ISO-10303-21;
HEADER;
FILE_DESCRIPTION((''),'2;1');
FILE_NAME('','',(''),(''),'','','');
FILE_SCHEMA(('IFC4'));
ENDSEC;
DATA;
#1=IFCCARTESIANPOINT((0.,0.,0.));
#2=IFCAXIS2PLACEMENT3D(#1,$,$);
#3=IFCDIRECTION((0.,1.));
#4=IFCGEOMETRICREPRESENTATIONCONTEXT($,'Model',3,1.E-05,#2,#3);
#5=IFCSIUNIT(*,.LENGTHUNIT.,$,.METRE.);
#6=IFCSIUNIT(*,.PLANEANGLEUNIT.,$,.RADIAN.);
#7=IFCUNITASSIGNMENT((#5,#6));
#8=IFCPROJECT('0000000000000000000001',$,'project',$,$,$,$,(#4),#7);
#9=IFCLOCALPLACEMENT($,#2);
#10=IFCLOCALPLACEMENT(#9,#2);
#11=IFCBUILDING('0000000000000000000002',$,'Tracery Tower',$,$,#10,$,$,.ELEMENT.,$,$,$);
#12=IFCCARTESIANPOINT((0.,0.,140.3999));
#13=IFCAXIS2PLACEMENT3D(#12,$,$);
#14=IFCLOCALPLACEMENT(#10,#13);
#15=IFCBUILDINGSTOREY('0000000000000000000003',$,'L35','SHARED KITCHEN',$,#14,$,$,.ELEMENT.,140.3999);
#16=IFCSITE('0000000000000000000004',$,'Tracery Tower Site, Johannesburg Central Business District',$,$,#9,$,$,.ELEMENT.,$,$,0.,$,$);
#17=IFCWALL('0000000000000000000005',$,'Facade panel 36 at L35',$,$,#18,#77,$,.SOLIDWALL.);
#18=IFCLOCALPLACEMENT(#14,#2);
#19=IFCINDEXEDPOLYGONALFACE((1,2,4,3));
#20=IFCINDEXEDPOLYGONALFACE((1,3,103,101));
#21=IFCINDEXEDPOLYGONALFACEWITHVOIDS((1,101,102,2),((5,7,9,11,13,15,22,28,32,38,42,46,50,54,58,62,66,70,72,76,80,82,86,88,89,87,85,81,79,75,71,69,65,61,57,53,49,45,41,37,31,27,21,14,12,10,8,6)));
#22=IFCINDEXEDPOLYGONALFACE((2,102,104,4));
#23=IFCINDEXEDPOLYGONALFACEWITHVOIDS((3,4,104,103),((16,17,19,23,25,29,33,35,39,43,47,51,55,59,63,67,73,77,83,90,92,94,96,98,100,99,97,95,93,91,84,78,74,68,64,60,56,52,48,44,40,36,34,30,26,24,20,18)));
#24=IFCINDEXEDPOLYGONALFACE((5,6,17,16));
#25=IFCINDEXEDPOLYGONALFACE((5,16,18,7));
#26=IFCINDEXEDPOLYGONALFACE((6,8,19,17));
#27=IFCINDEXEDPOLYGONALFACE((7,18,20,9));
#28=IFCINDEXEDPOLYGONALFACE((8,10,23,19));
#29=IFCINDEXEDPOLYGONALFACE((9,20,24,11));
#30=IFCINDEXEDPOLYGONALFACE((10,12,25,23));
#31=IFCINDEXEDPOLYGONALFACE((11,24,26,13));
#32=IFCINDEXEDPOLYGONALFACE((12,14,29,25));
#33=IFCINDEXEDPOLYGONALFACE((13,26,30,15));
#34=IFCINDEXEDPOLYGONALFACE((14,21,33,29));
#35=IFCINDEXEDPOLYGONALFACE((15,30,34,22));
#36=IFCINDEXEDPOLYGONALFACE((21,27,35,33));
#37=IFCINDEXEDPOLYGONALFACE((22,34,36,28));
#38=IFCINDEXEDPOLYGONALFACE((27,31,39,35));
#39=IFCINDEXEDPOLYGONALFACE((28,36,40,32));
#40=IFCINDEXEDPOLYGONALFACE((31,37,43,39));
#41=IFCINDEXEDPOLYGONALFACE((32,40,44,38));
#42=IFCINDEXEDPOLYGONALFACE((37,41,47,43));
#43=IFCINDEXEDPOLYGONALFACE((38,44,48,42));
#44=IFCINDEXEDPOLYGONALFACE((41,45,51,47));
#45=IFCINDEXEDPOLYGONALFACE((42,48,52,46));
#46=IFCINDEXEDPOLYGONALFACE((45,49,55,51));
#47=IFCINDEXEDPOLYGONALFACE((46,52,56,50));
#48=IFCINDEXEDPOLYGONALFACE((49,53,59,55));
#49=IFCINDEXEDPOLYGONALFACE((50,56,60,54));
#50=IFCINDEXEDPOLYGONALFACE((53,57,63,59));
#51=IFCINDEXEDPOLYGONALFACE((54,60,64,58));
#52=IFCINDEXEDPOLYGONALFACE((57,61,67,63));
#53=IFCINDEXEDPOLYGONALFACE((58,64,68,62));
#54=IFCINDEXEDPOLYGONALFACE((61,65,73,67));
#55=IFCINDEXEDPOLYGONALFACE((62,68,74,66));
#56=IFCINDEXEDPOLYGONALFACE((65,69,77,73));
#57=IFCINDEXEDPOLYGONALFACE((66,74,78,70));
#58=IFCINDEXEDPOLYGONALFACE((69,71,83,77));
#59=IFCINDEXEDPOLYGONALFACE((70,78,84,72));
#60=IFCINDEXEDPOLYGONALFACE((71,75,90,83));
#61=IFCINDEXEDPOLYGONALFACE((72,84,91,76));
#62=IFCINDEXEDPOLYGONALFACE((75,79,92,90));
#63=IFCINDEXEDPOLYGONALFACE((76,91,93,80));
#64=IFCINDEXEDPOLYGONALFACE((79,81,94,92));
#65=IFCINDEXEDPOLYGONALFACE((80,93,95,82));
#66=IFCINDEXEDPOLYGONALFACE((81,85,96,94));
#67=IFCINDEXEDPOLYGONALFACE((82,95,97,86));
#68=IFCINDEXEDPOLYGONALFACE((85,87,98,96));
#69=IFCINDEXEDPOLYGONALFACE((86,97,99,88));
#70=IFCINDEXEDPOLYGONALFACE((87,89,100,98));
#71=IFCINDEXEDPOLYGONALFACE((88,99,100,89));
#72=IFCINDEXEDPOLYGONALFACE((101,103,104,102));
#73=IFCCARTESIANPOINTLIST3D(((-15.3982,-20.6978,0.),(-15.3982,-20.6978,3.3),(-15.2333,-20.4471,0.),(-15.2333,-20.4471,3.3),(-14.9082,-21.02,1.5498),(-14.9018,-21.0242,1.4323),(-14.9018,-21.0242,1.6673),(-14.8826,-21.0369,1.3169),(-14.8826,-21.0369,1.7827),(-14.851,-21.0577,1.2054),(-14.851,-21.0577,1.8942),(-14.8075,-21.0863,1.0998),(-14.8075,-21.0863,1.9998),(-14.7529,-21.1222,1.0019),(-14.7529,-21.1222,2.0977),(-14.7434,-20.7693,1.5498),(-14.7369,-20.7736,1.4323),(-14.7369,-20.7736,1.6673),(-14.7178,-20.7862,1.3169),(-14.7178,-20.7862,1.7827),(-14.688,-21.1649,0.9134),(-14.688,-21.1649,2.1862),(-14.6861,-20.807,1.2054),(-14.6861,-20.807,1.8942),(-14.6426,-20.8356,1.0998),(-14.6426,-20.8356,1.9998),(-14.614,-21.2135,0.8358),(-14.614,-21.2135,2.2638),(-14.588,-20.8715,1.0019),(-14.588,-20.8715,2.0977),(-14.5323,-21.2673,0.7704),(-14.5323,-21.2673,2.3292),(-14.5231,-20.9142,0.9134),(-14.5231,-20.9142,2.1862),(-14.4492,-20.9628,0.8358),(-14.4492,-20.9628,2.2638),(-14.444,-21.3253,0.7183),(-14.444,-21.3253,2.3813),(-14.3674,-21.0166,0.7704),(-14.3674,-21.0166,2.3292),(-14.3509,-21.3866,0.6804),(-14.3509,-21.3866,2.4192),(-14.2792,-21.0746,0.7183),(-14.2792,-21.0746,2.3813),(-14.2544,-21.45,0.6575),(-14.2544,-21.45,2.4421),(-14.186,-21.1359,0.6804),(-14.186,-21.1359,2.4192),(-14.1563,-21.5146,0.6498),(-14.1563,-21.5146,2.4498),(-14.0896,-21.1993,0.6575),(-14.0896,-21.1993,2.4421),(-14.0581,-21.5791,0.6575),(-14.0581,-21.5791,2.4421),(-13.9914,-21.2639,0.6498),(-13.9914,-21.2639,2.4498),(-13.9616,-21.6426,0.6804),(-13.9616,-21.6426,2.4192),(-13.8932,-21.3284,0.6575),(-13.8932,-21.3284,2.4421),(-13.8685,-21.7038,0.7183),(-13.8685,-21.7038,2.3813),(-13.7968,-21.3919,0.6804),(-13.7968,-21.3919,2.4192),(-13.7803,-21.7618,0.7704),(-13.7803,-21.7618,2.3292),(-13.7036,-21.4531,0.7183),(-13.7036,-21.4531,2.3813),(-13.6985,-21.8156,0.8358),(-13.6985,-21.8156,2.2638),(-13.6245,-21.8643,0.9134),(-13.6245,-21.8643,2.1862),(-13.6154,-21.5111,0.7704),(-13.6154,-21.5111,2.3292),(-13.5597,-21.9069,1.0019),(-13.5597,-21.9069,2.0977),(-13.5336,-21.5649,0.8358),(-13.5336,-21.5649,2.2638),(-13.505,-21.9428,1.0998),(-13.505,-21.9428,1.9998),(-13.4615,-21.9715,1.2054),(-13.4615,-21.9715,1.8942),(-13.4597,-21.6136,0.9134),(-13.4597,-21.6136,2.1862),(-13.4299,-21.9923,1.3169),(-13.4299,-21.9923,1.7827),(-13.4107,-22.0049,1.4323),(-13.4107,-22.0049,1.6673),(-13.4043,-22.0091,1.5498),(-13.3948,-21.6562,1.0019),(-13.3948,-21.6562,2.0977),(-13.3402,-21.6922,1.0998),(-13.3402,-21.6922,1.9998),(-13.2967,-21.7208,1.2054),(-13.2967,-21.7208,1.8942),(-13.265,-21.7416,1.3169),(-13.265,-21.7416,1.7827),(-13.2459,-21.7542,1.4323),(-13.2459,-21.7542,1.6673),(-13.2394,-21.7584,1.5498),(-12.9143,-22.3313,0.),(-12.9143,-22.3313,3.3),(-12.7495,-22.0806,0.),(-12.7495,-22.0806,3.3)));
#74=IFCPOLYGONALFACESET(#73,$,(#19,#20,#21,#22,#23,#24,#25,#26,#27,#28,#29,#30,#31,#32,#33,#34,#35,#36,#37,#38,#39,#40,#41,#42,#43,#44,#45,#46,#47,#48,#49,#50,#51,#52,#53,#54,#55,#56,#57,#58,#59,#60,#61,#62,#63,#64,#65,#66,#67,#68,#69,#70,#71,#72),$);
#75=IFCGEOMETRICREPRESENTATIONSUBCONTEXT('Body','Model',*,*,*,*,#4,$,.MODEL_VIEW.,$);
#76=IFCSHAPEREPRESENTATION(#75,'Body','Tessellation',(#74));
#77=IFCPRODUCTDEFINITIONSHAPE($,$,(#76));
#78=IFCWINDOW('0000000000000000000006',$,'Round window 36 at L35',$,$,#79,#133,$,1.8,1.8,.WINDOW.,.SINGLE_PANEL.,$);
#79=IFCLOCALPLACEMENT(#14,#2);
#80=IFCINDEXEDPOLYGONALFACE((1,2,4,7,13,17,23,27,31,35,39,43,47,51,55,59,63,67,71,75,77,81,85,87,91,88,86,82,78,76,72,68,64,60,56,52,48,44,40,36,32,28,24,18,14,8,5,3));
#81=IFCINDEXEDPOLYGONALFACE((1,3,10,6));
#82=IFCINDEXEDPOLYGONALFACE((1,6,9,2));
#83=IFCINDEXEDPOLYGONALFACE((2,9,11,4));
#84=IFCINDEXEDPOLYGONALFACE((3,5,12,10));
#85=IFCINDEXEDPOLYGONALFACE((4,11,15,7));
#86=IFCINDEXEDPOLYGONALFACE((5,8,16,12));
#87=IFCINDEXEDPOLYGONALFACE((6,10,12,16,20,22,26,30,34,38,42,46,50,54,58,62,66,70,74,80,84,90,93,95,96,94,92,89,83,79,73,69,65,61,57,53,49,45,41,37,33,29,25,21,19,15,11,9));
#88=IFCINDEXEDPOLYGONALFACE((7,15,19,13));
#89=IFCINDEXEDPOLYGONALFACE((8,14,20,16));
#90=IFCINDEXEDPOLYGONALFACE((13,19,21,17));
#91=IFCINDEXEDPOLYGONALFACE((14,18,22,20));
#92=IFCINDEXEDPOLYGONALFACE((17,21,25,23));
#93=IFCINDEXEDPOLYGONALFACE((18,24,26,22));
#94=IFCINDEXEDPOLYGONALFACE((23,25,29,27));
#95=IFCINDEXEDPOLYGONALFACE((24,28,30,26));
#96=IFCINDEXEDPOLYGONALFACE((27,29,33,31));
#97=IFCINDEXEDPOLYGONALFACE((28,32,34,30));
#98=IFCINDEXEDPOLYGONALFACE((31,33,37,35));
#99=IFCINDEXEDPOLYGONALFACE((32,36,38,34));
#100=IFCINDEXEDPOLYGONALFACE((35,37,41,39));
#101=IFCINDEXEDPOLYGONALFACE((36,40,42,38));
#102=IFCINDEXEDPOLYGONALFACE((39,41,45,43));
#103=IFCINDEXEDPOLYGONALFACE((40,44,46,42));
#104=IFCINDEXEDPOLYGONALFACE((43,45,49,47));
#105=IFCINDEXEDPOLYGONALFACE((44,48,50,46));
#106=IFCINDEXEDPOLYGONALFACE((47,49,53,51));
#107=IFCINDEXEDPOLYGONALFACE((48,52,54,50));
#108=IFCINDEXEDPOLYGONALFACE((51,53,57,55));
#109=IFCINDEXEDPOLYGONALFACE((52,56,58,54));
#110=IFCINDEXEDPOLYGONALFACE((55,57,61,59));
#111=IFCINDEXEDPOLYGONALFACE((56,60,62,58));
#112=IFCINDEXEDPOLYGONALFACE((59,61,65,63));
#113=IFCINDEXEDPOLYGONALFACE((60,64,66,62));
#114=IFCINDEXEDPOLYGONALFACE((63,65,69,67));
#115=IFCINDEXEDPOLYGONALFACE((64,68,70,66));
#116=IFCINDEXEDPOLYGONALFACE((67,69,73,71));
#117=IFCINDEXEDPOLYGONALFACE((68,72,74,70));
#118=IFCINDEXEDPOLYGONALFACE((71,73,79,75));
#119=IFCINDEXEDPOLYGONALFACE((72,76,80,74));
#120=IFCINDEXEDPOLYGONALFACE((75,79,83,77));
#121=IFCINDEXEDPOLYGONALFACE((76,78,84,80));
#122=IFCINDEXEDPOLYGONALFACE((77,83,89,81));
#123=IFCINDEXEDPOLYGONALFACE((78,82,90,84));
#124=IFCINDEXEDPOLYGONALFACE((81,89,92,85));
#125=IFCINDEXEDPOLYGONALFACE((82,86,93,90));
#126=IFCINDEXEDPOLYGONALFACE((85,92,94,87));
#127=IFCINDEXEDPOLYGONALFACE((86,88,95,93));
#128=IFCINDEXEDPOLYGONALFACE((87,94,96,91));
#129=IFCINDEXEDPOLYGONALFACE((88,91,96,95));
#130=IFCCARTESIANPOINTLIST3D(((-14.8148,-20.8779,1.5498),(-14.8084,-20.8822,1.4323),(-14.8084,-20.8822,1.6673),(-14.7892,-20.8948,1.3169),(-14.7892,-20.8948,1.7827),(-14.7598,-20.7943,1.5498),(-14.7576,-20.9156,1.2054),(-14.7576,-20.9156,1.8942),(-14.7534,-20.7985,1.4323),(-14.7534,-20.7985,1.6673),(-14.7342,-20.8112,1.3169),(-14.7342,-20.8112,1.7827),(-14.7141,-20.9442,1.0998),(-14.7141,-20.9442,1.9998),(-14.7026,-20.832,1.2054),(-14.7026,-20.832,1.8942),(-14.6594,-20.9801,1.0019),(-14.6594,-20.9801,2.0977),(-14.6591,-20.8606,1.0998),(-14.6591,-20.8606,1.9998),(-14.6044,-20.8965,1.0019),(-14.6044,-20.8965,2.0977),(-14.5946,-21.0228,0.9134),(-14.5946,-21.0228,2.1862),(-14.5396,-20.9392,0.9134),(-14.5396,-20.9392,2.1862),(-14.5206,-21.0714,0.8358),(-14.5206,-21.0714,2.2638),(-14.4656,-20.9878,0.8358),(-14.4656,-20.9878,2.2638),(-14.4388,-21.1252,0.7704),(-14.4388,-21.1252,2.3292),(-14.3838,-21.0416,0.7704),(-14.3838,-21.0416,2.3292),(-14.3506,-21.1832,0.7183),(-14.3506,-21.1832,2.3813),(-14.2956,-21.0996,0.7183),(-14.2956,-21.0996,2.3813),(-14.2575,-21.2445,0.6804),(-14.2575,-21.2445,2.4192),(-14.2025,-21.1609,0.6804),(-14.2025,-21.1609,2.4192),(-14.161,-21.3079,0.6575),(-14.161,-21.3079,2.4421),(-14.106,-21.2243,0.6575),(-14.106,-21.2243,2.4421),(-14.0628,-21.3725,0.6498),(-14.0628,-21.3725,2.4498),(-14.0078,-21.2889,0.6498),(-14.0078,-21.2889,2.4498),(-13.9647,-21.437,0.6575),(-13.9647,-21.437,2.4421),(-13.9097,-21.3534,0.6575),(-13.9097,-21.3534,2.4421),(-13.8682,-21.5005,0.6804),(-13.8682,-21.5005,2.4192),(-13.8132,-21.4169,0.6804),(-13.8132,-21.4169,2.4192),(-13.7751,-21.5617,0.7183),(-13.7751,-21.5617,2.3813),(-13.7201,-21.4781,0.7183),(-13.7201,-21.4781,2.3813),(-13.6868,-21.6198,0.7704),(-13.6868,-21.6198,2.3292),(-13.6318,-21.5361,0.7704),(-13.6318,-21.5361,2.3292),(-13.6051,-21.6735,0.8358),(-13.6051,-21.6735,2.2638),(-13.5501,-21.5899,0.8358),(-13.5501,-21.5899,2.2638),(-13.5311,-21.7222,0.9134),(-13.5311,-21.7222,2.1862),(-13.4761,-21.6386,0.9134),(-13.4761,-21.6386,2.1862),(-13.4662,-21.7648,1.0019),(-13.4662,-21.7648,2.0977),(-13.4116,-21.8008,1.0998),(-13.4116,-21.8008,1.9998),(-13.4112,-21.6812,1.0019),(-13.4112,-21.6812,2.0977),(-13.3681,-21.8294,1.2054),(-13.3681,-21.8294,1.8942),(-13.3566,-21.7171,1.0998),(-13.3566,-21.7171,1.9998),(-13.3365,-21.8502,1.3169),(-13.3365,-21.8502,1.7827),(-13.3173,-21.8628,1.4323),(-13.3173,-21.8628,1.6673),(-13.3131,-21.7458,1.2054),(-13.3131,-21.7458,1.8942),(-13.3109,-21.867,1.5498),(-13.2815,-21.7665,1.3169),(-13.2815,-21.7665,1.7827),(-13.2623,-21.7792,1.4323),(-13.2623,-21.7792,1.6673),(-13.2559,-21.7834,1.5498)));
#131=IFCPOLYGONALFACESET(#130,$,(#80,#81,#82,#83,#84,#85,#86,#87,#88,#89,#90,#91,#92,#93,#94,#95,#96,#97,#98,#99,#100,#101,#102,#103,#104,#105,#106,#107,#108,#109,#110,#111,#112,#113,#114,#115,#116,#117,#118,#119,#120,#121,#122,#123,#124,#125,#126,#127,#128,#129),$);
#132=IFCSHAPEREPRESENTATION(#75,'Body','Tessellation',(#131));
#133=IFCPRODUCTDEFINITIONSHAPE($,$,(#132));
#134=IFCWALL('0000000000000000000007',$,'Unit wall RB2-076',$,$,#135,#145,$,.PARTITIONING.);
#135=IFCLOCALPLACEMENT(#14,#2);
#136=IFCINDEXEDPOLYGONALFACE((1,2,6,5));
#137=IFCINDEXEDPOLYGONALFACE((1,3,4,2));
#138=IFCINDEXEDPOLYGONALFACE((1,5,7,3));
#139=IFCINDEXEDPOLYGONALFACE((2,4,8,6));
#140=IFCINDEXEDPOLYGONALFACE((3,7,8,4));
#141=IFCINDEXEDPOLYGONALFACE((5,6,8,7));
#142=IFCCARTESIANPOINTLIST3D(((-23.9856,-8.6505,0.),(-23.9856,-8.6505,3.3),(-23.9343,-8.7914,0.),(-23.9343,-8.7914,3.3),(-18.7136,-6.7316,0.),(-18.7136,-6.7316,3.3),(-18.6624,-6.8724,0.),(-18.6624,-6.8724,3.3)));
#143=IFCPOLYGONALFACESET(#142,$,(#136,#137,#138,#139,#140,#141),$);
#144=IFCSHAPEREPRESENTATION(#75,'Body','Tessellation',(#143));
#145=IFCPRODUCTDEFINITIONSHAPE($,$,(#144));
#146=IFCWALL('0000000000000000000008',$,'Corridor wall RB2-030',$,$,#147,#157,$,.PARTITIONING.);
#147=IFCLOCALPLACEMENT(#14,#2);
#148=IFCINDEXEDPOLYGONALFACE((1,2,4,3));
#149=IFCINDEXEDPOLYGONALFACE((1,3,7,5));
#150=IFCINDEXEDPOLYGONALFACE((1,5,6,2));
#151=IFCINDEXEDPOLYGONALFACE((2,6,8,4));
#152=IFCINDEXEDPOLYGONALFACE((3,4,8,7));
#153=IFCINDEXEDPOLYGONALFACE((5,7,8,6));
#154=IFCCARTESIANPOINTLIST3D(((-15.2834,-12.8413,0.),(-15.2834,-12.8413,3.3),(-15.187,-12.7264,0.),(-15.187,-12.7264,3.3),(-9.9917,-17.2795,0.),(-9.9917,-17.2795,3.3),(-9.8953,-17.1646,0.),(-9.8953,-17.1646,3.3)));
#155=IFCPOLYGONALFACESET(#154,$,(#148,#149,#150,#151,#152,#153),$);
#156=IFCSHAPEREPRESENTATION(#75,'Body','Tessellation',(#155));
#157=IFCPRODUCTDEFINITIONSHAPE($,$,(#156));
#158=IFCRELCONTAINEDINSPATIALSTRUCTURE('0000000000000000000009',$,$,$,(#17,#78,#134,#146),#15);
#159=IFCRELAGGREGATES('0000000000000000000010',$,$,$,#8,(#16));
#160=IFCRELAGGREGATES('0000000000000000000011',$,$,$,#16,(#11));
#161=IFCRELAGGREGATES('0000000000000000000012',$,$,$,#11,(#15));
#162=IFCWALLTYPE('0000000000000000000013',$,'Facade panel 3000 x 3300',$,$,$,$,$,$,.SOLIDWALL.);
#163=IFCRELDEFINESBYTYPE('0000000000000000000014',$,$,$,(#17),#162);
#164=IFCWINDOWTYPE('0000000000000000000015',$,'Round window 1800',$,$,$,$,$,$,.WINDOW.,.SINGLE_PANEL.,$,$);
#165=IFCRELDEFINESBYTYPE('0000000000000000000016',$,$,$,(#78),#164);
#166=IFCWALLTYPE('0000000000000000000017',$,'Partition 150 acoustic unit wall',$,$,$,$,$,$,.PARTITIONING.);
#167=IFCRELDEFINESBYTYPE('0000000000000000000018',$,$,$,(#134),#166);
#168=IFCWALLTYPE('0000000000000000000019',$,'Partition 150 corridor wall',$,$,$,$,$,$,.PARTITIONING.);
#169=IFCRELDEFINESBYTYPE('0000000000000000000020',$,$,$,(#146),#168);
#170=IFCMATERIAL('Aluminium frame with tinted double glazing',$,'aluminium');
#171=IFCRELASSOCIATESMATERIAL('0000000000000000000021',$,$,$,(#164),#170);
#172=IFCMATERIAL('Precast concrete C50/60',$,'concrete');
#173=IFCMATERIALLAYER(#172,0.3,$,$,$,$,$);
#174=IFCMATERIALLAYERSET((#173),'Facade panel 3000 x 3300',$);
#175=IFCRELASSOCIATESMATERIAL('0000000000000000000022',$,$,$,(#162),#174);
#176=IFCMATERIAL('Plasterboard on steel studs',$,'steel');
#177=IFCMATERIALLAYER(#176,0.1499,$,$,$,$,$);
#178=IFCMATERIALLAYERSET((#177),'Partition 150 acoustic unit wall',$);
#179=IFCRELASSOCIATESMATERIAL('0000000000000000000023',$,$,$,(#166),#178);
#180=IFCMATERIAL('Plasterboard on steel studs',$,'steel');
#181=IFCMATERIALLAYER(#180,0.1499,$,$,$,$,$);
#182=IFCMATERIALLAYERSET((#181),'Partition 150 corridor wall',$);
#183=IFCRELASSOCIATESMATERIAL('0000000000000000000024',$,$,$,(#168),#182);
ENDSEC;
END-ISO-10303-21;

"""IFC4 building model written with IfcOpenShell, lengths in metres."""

from ifc_helpers import new_model, si_unit, direction, frame, frame_2d, origin, origin_2d, place, context, subcontext, project, spatial, rectangle, circle, extrude, material, layer, layer_set, type_object, element, fill, save


model = new_model("IFC4")

# Units and contexts
model_context = context("Model", 3, precision=1e-05, world=origin(), true_north=direction((0.0, 1.0)))
body_context = subcontext(model_context, "Body", "Model", "MODEL_VIEW")
ifc_project = project(units=[si_unit("LENGTHUNIT", "METRE"), si_unit("PLANEANGLEUNIT", "RADIAN")], contexts=[model_context])

# Site, building, storey
site_placement = place(None, origin())
site = spatial("IfcSite", under=ifc_project, at=site_placement, Name="Tracery Tower Site, Johannesburg Central Business District", CompositionType="ELEMENT", RefElevation=0.0)
building_placement = place(site_placement, origin())
building = spatial("IfcBuilding", under=site, at=building_placement, Name="Tracery Tower", CompositionType="ELEMENT")
storey_placement = place(building_placement, frame((0.0, 0.0, 140.3999)))
storey = spatial("IfcBuildingStorey", under=building, at=storey_placement, Name="L35", Description="SHARED KITCHEN", CompositionType="ELEMENT", Elevation=140.3999)

# Wall, opening, window
ifc_material_1 = material(Name="Aluminium frame with tinted double glazing", Category="aluminium")
window_type = type_object("IfcWindowType", Name="Round window 1800", PartitioningType="SINGLE_PANEL", PredefinedType="WINDOW", material=ifc_material_1)
ifc_material_2 = material(Name="Precast concrete C50/60", Category="concrete")
ifc_layer_1 = layer(ifc_material_2, 0.3)
ifc_layer_set_1 = layer_set([ifc_layer_1], Name="Facade panel 3000 x 3300")
wall_type_1 = type_object("IfcWallType", Name="Facade panel 3000 x 3300", PredefinedType="SOLIDWALL", material=ifc_layer_set_1)
wall_1_placement = place(storey_placement, frame((-15.3157, -20.5725, 0.0), z_axis=(0.0, 0.0, 1.0), x_axis=(0.835508, -0.549478, 0.0)))
wall_1 = element("IfcWall", 1, at=wall_1_placement, inside=storey, type_object=wall_type_1, Name="Facade panel 36 at L35", PredefinedType="SOLIDWALL", context=body_context, shape_type="SweptSolid", body=[
    extrude(rectangle(XDim=2.9729, YDim=0.3, at=frame_2d((1.4863, 0.0))), origin(), (0.0, 0.0, 1.0), 3.3),
])
opening_1_placement = place(wall_1_placement, frame((1.4863, 0.0, 1.5498)))
opening_1 = element("IfcOpeningElement", 2, at=opening_1_placement, cuts=wall_1, PredefinedType="OPENING", context=body_context, shape_type="SweptSolid", body=[
    extrude(circle(Radius=0.9, at=origin_2d()), frame((0.0, 0.1599, 0.0), z_axis=(0.0, -1.0, 0.0), x_axis=(1.0, 0.0, 0.0)), (0.0, 0.0, 1.0), 0.3201),
])
window_1_placement = place(opening_1_placement, origin())
window_1 = element("IfcWindow", 3, at=window_1_placement, inside=storey, type_object=window_type, Name="Round window 36 at L35", OverallHeight=1.8, OverallWidth=1.8, PartitioningType="SINGLE_PANEL", PredefinedType="WINDOW", context=body_context, shape_type="SweptSolid", body=[
    extrude(circle(Radius=0.9, at=origin_2d()), frame((0.0, 0.1201, 0.0), z_axis=(0.0, -1.0, 0.0), x_axis=(1.0, 0.0, 0.0)), (0.0, 0.0, 1.0), 0.1001),
])
fill(opening_1, window_1)

# Walls
ifc_material_3 = material(Name="Plasterboard on steel studs", Category="steel")
ifc_layer_2 = layer(ifc_material_3, 0.1499)
ifc_layer_set_2 = layer_set([ifc_layer_2], Name="Partition 150 acoustic unit wall")
wall_type_2 = type_object("IfcWallType", Name="Partition 150 acoustic unit wall", PredefinedType="PARTITIONING", material=ifc_layer_set_2)
wall_2_placement = place(storey_placement, frame((-23.96, -8.7209, 0.0), z_axis=(0.0, 0.0, 1.0), x_axis=(0.939687, 0.342037, 0.0)))
element("IfcWall", 4, at=wall_2_placement, inside=storey, type_object=wall_type_2, Name="Unit wall RB2-076", PredefinedType="PARTITIONING", context=body_context, shape_type="SweptSolid", body=[
    extrude(rectangle(XDim=5.6104, YDim=0.1499, at=frame_2d((2.8052, 0.0))), origin(), (0.0, 0.0, 1.0), 3.3),
])
ifc_material_4 = material(Name="Plasterboard on steel studs", Category="steel")
ifc_layer_3 = layer(ifc_material_4, 0.1499)
ifc_layer_set_3 = layer_set([ifc_layer_3], Name="Partition 150 corridor wall")
wall_type_3 = type_object("IfcWallType", Name="Partition 150 corridor wall", PredefinedType="PARTITIONING", material=ifc_layer_set_3)
wall_3_placement = place(storey_placement, frame((-15.2351, -12.7839, 0.0), z_axis=(0.0, 0.0, 1.0), x_axis=(0.766192, -0.642612, 0.0)))
element("IfcWall", 5, at=wall_3_placement, inside=storey, type_object=wall_type_3, Name="Corridor wall RB2-030", PredefinedType="PARTITIONING", context=body_context, shape_type="SweptSolid", body=[
    extrude(rectangle(XDim=6.9065, YDim=0.1499, at=frame_2d((3.4531, 0.0))), origin(), (0.0, 0.0, 1.0), 3.3),
])

save(model, "model.ifc")
